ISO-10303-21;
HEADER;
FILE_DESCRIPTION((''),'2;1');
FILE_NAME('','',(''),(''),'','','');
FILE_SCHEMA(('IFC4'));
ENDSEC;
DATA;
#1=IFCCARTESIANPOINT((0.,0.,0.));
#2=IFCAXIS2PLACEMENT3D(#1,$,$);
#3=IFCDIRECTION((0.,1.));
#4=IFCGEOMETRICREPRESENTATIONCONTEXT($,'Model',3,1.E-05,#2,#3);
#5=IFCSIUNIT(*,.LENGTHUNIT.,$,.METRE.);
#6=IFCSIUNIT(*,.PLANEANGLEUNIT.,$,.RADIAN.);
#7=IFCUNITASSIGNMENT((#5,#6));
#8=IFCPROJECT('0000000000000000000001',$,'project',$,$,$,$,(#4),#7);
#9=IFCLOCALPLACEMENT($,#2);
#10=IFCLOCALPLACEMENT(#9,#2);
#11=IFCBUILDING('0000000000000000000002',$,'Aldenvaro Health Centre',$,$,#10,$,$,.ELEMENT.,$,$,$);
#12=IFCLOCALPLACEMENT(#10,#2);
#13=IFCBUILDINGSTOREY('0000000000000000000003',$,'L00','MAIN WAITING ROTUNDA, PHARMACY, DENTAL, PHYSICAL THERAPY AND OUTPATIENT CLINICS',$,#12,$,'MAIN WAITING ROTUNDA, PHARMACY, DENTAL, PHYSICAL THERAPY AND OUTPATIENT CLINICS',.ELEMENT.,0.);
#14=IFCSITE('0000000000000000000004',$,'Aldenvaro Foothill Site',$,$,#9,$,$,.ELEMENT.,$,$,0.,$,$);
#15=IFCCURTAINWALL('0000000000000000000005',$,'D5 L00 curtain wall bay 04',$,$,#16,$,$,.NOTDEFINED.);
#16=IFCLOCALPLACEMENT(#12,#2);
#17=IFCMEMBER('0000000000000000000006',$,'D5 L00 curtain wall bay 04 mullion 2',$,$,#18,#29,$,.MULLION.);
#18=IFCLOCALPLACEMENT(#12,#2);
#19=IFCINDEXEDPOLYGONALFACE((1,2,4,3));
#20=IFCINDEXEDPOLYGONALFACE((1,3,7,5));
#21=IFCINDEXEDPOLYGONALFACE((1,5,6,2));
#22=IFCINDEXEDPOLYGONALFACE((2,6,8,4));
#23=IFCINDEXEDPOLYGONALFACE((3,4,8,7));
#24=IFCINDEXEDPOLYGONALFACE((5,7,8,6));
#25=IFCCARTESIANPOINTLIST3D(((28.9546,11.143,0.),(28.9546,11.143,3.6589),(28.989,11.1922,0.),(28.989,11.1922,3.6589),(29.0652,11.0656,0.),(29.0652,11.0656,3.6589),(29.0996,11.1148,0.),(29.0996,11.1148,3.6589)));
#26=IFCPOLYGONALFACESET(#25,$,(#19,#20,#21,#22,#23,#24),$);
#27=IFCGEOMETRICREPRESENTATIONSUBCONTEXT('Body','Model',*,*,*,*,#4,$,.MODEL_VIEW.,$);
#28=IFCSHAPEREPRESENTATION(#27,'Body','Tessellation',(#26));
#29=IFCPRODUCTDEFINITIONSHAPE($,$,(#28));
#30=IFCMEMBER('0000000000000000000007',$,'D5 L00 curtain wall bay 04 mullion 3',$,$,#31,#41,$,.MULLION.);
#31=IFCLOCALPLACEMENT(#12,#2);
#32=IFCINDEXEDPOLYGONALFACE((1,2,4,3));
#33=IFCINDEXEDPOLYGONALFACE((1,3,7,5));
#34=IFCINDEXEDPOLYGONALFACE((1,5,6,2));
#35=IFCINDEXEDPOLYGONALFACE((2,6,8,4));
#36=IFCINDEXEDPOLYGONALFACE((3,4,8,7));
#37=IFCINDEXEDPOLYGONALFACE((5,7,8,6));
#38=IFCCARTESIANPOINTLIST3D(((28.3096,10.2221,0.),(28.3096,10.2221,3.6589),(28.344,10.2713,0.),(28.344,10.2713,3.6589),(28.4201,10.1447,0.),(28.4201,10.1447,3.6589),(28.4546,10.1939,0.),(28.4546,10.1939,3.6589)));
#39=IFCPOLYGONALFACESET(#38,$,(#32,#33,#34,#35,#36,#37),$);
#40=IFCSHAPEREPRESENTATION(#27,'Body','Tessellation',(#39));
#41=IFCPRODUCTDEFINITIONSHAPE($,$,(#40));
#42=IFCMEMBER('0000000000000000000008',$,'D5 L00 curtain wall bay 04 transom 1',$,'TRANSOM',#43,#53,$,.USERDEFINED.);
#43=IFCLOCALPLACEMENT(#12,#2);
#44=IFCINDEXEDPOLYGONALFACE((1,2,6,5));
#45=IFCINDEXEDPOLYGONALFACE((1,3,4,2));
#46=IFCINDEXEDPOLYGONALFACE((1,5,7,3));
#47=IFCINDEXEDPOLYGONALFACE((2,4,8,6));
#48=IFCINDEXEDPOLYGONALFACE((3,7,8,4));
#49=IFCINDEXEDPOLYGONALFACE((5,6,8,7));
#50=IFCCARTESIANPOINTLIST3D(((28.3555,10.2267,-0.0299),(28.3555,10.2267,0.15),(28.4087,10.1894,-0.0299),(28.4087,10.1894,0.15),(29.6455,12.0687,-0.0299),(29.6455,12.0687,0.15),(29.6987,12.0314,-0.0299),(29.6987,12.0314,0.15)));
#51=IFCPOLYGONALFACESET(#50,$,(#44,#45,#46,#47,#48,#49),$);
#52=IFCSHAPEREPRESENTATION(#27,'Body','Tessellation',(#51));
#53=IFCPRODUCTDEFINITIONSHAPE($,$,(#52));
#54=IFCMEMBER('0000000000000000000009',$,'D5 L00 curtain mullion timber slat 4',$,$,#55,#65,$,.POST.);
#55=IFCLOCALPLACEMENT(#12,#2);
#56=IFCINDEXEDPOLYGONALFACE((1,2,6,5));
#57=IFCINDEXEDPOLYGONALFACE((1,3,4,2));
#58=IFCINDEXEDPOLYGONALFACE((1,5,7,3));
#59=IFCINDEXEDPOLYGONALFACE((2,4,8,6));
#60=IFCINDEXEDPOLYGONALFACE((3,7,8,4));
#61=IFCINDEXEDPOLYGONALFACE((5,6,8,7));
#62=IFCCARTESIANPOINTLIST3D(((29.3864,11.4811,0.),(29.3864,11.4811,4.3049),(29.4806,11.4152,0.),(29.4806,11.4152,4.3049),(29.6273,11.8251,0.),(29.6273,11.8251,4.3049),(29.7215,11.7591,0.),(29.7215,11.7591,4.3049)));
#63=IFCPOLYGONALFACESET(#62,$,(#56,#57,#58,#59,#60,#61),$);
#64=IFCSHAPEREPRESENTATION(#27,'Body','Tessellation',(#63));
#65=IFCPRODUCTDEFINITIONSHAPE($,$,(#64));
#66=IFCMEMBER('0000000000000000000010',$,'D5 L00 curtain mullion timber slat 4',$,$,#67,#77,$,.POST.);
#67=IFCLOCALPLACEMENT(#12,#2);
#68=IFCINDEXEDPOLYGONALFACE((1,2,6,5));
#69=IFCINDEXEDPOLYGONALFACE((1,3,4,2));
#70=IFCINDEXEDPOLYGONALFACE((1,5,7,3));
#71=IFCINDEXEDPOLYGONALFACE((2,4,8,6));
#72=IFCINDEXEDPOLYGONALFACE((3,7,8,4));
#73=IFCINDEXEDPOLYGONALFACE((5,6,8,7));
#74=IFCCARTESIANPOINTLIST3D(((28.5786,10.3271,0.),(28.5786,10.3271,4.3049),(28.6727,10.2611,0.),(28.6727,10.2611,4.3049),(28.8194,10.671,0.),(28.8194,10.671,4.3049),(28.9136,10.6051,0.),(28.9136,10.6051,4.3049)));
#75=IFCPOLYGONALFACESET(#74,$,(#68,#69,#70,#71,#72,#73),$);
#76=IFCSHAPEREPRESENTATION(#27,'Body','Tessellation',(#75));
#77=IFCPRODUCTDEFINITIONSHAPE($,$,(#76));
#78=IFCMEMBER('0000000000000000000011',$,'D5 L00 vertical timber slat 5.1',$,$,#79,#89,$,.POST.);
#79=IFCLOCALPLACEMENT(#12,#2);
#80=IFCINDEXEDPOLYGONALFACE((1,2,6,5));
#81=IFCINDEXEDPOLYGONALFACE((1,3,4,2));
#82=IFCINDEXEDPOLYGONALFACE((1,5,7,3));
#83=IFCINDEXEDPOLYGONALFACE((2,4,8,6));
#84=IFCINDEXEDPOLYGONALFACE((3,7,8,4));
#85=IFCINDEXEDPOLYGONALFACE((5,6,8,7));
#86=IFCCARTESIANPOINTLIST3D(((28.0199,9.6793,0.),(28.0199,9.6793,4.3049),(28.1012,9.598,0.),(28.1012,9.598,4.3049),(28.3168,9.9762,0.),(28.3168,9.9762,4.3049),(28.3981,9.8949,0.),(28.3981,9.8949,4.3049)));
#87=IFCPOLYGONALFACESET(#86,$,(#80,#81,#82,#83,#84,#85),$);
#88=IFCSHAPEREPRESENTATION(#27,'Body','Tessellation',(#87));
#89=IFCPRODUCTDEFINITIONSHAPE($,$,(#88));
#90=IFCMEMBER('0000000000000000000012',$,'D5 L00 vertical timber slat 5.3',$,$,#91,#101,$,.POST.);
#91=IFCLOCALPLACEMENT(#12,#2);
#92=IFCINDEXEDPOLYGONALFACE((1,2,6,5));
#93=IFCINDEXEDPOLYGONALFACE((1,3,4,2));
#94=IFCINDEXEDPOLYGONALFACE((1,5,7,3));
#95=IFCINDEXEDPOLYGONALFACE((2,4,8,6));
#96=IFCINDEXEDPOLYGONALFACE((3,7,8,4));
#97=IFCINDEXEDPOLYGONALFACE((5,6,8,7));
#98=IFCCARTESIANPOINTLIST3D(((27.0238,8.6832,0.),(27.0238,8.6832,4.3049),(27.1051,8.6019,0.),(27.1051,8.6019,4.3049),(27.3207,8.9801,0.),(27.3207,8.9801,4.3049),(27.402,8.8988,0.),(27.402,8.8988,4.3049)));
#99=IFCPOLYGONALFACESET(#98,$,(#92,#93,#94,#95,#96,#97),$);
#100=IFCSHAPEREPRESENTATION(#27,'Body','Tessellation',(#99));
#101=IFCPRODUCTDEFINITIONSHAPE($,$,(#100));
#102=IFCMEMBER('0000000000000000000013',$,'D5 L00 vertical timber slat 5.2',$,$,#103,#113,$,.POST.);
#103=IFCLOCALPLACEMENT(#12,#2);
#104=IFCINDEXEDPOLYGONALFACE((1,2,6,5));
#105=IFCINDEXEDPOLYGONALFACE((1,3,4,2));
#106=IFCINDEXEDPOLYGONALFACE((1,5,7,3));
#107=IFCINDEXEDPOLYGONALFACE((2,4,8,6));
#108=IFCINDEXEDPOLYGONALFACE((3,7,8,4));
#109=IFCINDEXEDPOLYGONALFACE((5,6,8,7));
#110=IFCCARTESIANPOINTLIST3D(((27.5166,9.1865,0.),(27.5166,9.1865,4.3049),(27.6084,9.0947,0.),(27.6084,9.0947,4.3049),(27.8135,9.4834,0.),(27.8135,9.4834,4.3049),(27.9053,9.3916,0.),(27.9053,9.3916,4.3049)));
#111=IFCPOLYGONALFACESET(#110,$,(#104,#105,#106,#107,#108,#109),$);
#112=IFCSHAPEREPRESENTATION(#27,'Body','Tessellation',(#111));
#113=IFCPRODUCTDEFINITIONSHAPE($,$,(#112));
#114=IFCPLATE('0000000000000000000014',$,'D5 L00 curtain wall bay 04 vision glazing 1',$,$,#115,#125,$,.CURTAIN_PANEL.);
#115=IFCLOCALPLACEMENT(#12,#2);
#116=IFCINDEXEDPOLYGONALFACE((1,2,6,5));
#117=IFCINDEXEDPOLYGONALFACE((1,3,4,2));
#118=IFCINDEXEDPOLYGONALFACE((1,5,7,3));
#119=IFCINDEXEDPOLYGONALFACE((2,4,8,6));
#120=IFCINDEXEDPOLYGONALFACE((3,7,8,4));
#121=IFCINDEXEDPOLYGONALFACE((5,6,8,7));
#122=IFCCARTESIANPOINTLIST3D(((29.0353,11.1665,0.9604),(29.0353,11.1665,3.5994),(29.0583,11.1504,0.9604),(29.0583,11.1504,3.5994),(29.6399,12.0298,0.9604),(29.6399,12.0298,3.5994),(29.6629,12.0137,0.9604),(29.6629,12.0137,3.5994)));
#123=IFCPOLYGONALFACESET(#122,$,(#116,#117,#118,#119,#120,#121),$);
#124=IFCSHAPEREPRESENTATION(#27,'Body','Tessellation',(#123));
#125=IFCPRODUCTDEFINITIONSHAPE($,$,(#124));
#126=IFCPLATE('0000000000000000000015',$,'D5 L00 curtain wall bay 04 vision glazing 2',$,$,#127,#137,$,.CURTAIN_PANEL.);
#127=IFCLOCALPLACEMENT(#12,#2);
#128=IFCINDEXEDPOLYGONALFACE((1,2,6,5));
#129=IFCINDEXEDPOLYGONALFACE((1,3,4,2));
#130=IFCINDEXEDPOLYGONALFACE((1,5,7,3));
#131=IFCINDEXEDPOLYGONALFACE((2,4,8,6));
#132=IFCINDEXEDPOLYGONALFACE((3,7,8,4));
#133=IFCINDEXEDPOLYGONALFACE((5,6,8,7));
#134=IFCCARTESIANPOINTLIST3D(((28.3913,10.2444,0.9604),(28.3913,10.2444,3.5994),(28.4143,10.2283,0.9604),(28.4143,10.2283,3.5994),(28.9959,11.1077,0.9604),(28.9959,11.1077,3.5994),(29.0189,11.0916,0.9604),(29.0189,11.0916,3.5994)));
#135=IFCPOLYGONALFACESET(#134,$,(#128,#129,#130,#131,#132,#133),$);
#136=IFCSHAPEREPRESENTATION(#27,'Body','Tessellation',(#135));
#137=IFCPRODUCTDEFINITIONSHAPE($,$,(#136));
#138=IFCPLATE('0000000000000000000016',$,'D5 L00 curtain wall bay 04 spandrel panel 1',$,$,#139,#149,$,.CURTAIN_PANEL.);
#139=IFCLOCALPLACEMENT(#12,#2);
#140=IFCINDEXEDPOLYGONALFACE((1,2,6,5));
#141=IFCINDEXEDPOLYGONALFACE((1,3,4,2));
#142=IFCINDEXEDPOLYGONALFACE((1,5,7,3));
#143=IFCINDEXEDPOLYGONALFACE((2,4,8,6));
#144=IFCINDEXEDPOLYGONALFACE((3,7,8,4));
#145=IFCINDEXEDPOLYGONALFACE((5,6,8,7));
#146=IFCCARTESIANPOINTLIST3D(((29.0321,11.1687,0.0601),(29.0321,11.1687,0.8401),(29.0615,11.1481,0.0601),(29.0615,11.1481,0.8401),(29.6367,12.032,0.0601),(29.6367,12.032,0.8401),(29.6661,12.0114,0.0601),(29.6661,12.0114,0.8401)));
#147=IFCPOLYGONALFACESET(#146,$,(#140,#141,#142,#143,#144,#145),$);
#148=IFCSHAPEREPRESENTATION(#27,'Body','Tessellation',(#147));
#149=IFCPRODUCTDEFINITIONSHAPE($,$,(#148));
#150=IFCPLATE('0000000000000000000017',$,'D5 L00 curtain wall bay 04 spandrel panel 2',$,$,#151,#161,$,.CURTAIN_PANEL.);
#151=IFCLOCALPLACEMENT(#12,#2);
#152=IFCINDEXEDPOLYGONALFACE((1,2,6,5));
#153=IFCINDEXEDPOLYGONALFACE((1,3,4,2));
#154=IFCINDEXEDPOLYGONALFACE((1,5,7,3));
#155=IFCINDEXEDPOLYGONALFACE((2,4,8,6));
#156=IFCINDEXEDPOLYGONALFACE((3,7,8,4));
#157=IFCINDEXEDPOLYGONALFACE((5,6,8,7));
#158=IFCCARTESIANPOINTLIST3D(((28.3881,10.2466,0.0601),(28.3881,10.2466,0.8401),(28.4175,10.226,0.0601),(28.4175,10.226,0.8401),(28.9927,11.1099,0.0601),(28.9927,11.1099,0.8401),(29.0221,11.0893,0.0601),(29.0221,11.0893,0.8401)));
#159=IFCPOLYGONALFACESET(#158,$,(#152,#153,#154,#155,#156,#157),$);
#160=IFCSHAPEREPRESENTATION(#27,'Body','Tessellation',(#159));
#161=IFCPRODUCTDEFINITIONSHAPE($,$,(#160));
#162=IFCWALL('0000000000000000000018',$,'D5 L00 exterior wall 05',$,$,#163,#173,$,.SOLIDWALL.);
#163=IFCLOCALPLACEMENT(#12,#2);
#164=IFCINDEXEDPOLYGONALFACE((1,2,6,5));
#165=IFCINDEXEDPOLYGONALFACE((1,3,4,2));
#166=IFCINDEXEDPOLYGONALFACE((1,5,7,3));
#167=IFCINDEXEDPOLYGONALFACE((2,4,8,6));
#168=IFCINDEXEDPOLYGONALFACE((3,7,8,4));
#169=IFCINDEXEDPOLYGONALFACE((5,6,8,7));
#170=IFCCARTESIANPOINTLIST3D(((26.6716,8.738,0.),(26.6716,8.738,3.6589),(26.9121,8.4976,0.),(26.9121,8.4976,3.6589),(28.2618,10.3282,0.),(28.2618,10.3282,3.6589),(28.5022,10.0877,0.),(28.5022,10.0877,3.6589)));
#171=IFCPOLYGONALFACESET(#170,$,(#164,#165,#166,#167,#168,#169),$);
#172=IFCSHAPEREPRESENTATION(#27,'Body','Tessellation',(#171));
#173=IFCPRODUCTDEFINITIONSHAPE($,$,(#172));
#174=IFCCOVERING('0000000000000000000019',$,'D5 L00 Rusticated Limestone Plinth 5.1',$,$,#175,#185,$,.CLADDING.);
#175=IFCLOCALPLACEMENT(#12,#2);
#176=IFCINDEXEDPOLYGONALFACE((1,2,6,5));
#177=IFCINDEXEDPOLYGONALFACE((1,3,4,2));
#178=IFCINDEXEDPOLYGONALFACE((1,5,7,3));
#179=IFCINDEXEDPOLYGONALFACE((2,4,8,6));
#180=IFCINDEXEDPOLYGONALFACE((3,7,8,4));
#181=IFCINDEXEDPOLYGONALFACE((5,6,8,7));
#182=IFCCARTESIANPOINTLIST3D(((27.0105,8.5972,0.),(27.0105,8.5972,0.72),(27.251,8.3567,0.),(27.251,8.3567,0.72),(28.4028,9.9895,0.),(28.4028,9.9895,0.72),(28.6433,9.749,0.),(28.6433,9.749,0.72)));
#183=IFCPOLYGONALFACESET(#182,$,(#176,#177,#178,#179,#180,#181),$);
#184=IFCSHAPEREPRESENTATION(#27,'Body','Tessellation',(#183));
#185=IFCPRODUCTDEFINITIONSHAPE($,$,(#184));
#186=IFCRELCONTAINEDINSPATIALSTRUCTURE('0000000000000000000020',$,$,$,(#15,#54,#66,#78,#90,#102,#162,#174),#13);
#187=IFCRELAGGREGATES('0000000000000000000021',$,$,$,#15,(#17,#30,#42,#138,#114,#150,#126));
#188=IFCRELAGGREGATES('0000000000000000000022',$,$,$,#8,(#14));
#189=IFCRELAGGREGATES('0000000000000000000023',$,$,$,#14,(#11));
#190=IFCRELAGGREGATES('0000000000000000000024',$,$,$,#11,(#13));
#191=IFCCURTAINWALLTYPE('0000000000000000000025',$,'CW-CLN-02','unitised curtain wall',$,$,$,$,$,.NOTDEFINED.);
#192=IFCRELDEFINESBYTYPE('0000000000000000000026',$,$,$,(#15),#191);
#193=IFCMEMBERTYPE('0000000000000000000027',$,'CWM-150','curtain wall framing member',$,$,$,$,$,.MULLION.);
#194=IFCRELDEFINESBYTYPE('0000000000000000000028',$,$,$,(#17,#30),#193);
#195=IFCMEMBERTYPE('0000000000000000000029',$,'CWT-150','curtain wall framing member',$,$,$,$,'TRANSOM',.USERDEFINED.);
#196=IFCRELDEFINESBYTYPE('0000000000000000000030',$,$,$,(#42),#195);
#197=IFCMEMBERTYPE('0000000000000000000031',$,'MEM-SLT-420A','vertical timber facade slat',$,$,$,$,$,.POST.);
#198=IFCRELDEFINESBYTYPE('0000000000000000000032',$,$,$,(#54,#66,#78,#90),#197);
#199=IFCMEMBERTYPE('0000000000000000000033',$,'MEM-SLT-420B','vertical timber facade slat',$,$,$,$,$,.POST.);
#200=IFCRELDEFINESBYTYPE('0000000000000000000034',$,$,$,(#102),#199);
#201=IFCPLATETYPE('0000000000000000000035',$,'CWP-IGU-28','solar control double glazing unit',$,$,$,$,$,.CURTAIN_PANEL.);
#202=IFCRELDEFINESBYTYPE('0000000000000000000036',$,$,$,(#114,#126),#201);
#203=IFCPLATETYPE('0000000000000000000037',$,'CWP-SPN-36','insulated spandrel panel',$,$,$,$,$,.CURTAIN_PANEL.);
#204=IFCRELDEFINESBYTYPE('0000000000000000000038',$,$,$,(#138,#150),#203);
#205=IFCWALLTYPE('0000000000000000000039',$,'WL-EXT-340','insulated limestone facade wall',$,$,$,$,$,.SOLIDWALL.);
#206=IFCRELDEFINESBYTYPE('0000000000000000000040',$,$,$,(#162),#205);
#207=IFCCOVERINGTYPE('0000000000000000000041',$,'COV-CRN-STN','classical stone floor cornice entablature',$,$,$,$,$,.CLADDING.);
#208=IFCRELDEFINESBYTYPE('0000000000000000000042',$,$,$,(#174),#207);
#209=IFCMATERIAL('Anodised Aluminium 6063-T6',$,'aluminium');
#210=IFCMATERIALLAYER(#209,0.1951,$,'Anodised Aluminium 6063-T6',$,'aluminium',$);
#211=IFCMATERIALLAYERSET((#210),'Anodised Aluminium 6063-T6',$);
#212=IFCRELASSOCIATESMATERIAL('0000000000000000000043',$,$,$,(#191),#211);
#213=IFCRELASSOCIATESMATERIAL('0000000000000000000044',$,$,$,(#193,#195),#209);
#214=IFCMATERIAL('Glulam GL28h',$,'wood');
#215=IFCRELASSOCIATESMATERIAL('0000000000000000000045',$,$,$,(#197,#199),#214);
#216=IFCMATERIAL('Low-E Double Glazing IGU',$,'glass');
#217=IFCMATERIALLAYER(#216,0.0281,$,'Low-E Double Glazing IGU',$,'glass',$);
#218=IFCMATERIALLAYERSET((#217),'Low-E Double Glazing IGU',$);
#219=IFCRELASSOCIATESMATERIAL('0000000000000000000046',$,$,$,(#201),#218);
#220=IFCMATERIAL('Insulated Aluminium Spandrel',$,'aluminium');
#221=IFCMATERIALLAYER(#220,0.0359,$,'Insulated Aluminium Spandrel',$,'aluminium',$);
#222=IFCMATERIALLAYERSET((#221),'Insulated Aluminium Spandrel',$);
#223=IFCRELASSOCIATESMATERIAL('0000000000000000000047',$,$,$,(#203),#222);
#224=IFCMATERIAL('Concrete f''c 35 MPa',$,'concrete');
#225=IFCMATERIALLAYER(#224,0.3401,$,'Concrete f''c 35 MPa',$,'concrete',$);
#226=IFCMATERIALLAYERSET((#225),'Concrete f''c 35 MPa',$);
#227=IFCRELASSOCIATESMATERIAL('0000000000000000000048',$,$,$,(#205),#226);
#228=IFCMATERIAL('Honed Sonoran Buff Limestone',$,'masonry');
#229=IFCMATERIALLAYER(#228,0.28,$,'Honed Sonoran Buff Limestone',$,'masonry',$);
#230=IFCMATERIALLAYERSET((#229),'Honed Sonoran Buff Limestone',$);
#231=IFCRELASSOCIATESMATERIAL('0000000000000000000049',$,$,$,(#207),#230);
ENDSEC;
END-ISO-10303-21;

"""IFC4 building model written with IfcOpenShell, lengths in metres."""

from ifc_helpers import new_model, si_unit, direction, frame, frame_2d, origin, origin_2d, place, context, subcontext, project, spatial, rectangle, extrude, material, layer, layer_set, material_profile, profile_set, type_object, element, aggregate, save


model = new_model("IFC4")

# Units and contexts
model_context = context("Model", 3, precision=1e-05, world=origin(), true_north=direction((0.0, 1.0)))
body_context = subcontext(model_context, "Body", "Model", "MODEL_VIEW")
ifc_project = project(units=[si_unit("LENGTHUNIT", "METRE"), si_unit("PLANEANGLEUNIT", "RADIAN")], contexts=[model_context])

# Site, building, storey
site_placement = place(None, origin())
site = spatial("IfcSite", under=ifc_project, at=site_placement, Name="Aldenvaro Foothill Site", CompositionType="ELEMENT", RefElevation=0.0)
building_placement = place(site_placement, origin())
building = spatial("IfcBuilding", under=site, at=building_placement, Name="Aldenvaro Health Centre", CompositionType="ELEMENT")
storey_placement = place(building_placement, origin())
storey = spatial("IfcBuildingStorey", under=building, at=storey_placement, Name="L00", Description="MAIN WAITING ROTUNDA, PHARMACY, DENTAL, PHYSICAL THERAPY AND OUTPATIENT CLINICS", LongName="MAIN WAITING ROTUNDA, PHARMACY, DENTAL, PHYSICAL THERAPY AND OUTPATIENT CLINICS", CompositionType="ELEMENT", Elevation=0.0)

# Shared definitions
ifc_material_1 = material(Name="Glulam GL28h", Category="wood")

# Curtain wall, members
ifc_material_2 = material(Name="Anodised Aluminium 6063-T6", Category="aluminium")
ifc_layer_1 = layer(ifc_material_2, 0.1951, Name="Anodised Aluminium 6063-T6", Category="aluminium")
ifc_layer_set_1 = layer_set([ifc_layer_1], Name="Anodised Aluminium 6063-T6")
curtain_wall_type = type_object("IfcCurtainWallType", Name="CW-CLN-02", Description="unitised curtain wall", PredefinedType="NOTDEFINED", material=ifc_layer_set_1)
curtain_wall_placement = place(storey_placement, origin())
curtain_wall = element("IfcCurtainWall", 1, at=curtain_wall_placement, inside=storey, type_object=curtain_wall_type, Name="D5 L00 curtain wall bay 04", PredefinedType="NOTDEFINED")
ifc_material_profile_1 = material_profile(ifc_material_2, rectangle(XDim=0.0601, YDim=0.135, at=origin_2d()), Name="ALU 60x135", Category="aluminium")
ifc_profile_set_1 = profile_set([ifc_material_profile_1], Name="Anodised Aluminium 6063-T6")
member_type_1 = type_object("IfcMemberType", Name="CWM-150", Description="curtain wall framing member", PredefinedType="MULLION", material=ifc_profile_set_1)
member_1_placement = place(storey_placement, frame((29.0271, 11.1289, 0.0), z_axis=(0.0, 0.0, 1.0), x_axis=(-0.573641, -0.819107, 0.0)))
member_1 = element("IfcMember", 2, at=member_1_placement, type_object=member_type_1, Name="D5 L00 curtain wall bay 04 mullion 2", PredefinedType="MULLION", context=body_context, shape_type="SweptSolid", body=[
    extrude(rectangle(XDim=0.0601, YDim=0.135, at=origin_2d()), origin(), (0.0, 0.0, 1.0), 3.6589),
])
member_2_placement = place(storey_placement, frame((28.3821, 10.208, 0.0), z_axis=(0.0, 0.0, 1.0), x_axis=(-0.573641, -0.819107, 0.0)))
member_2 = element("IfcMember", 3, at=member_2_placement, type_object=member_type_1, Name="D5 L00 curtain wall bay 04 mullion 3", PredefinedType="MULLION", context=body_context, shape_type="SweptSolid", body=[
    extrude(rectangle(XDim=0.0601, YDim=0.135, at=origin_2d()), origin(), (0.0, 0.0, 1.0), 3.6589),
])
ifc_material_profile_2 = material_profile(ifc_material_2, rectangle(XDim=0.0649, YDim=0.1799, at=origin_2d()), Name="ALU 65x180", Category="aluminium")
ifc_profile_set_2 = profile_set([ifc_material_profile_2], Name="Anodised Aluminium 6063-T6")
member_type_2 = type_object("IfcMemberType", Name="CWT-150", Description="curtain wall framing member", ElementType="TRANSOM", PredefinedType="USERDEFINED", material=ifc_profile_set_2)
member_3_placement = place(storey_placement, frame((29.6721, 12.05, 0.0601), z_axis=(-0.573644, -0.819104, 0.0), x_axis=(0.819104, -0.573644, 0.0)))
member_3 = element("IfcMember", 4, at=member_3_placement, type_object=member_type_2, Name="D5 L00 curtain wall bay 04 transom 1", ObjectType="TRANSOM", PredefinedType="USERDEFINED", context=body_context, shape_type="SweptSolid", body=[
    extrude(rectangle(XDim=0.0649, YDim=0.1799, at=origin_2d()), origin(), (0.0, 0.0, 1.0), 2.2488),
])

# Members
ifc_material_profile_3 = material_profile(ifc_material_1, rectangle(XDim=0.115, YDim=0.4199, at=origin_2d()), Name="GL 115x420", Category="wood")
ifc_profile_set_3 = profile_set([ifc_material_profile_3], Name="Glulam GL28h")
member_type_3 = type_object("IfcMemberType", Name="MEM-SLT-420A", Description="vertical timber facade slat", PredefinedType="POST", material=ifc_profile_set_3)
for number, where, z_axis, x_axis, name in (
    (5, (29.554, 11.6201, 0.0), (0.0, 0.0, 1.0), (0.819107, -0.573641, 0.0), "D5 L00 curtain mullion timber slat 4"),
    (6, (28.7461, 10.4661, 0.0), (0.0, 0.0, 1.0), (0.819107, -0.573641, 0.0), "D5 L00 curtain mullion timber slat 4"),
    (7, (28.209, 9.7871, 0.0), (0.0, 0.0, 1.0), (0.707107, -0.707107, 0.0), "D5 L00 vertical timber slat 5.1"),
    (8, (27.2129, 8.791, 0.0), (0.0, 0.0, 1.0), (0.707107, -0.707107, 0.0), "D5 L00 vertical timber slat 5.3"),
):
    element("IfcMember", number, at=place(storey_placement, frame(where, z_axis=z_axis, x_axis=x_axis)), inside=storey, type_object=member_type_3, Name=name, PredefinedType="POST", context=body_context, shape_type="SweptSolid", body=[
        extrude(rectangle(XDim=0.115, YDim=0.4199, at=origin_2d()), origin(), (0.0, 0.0, 1.0), 4.3049),
    ])
ifc_material_profile_4 = material_profile(ifc_material_1, rectangle(XDim=0.1299, YDim=0.4199, at=origin_2d()), Name="GL 130x420", Category="wood")
ifc_profile_set_4 = profile_set([ifc_material_profile_4], Name="Glulam GL28h")
member_type_4 = type_object("IfcMemberType", Name="MEM-SLT-420B", Description="vertical timber facade slat", PredefinedType="POST", material=ifc_profile_set_4)
member_4_placement = place(storey_placement, frame((27.7109, 9.2891, 0.0), z_axis=(0.0, 0.0, 1.0), x_axis=(0.707107, -0.707107, 0.0)))
element("IfcMember", 9, at=member_4_placement, inside=storey, type_object=member_type_4, Name="D5 L00 vertical timber slat 5.2", PredefinedType="POST", context=body_context, shape_type="SweptSolid", body=[
    extrude(rectangle(XDim=0.1299, YDim=0.4199, at=origin_2d()), origin(), (0.0, 0.0, 1.0), 4.3049),
])

# Plates
ifc_material_3 = material(Name="Low-E Double Glazing IGU", Category="glass")
ifc_layer_2 = layer(ifc_material_3, 0.0281, Name="Low-E Double Glazing IGU", Category="glass")
ifc_layer_set_2 = layer_set([ifc_layer_2], Name="Low-E Double Glazing IGU")
plate_type_1 = type_object("IfcPlateType", Name="CWP-IGU-28", Description="solar control double glazing unit", PredefinedType="CURTAIN_PANEL", material=ifc_layer_set_2)
plate_1_placement = place(storey_placement, frame((29.3491, 11.5901, 0.9604), z_axis=(0.0, 0.0, 1.0), x_axis=(-0.573641, -0.819107, 0.0)))
plate_1 = element("IfcPlate", 10, at=plate_1_placement, type_object=plate_type_1, Name="D5 L00 curtain wall bay 04 vision glazing 1", PredefinedType="CURTAIN_PANEL", context=body_context, shape_type="SweptSolid", body=[
    extrude(rectangle(XDim=1.054, YDim=0.0281, at=origin_2d()), origin(), (0.0, 0.0, 1.0), 2.6389),
])
plate_2_placement = place(storey_placement, frame((28.7051, 10.668, 0.9604), z_axis=(0.0, 0.0, 1.0), x_axis=(-0.573641, -0.819107, 0.0)))
plate_2 = element("IfcPlate", 11, at=plate_2_placement, type_object=plate_type_1, Name="D5 L00 curtain wall bay 04 vision glazing 2", PredefinedType="CURTAIN_PANEL", context=body_context, shape_type="SweptSolid", body=[
    extrude(rectangle(XDim=1.054, YDim=0.0281, at=origin_2d()), origin(), (0.0, 0.0, 1.0), 2.6389),
])
ifc_material_4 = material(Name="Insulated Aluminium Spandrel", Category="aluminium")
ifc_layer_3 = layer(ifc_material_4, 0.0359, Name="Insulated Aluminium Spandrel", Category="aluminium")
ifc_layer_set_3 = layer_set([ifc_layer_3], Name="Insulated Aluminium Spandrel")
plate_type_2 = type_object("IfcPlateType", Name="CWP-SPN-36", Description="insulated spandrel panel", PredefinedType="CURTAIN_PANEL", material=ifc_layer_set_3)
plate_3_placement = place(storey_placement, frame((29.3491, 11.5901, 0.0601), z_axis=(0.0, 0.0, 1.0), x_axis=(-0.573641, -0.819107, 0.0)))
plate_3 = element("IfcPlate", 12, at=plate_3_placement, type_object=plate_type_2, Name="D5 L00 curtain wall bay 04 spandrel panel 1", PredefinedType="CURTAIN_PANEL", context=body_context, shape_type="SweptSolid", body=[
    extrude(rectangle(XDim=1.054, YDim=0.0359, at=origin_2d()), origin(), (0.0, 0.0, 1.0), 0.78),
])
plate_4_placement = place(storey_placement, frame((28.7051, 10.668, 0.0601), z_axis=(0.0, 0.0, 1.0), x_axis=(-0.573641, -0.819107, 0.0)))
plate_4 = element("IfcPlate", 13, at=plate_4_placement, type_object=plate_type_2, Name="D5 L00 curtain wall bay 04 spandrel panel 2", PredefinedType="CURTAIN_PANEL", context=body_context, shape_type="SweptSolid", body=[
    extrude(rectangle(XDim=1.054, YDim=0.0359, at=origin_2d()), origin(), (0.0, 0.0, 1.0), 0.78),
])
aggregate(curtain_wall, [member_1, member_2, member_3, plate_3, plate_1, plate_4, plate_2])

# Wall
ifc_material_5 = material(Name="Concrete f'c 35 MPa", Category="concrete")
ifc_layer_4 = layer(ifc_material_5, 0.3401, Name="Concrete f'c 35 MPa", Category="concrete")
ifc_layer_set_4 = layer_set([ifc_layer_4], Name="Concrete f'c 35 MPa")
wall_type = type_object("IfcWallType", Name="WL-EXT-340", Description="insulated limestone facade wall", PredefinedType="SOLIDWALL", material=ifc_layer_set_4)
wall_placement = place(storey_placement, frame((28.3821, 10.208, 0.0), z_axis=(0.0, 0.0, 1.0), x_axis=(-0.707107, -0.707107, 0.0)))
element("IfcWall", 14, at=wall_placement, inside=storey, type_object=wall_type, Name="D5 L00 exterior wall 05", PredefinedType="SOLIDWALL", context=body_context, shape_type="SweptSolid", body=[
    extrude(rectangle(XDim=2.2488, YDim=0.3401, at=frame_2d((1.1245, 0.0))), origin(), (0.0, 0.0, 1.0), 3.6589),
])

# Covering
ifc_material_6 = material(Name="Honed Sonoran Buff Limestone", Category="masonry")
ifc_layer_5 = layer(ifc_material_6, 0.28, Name="Honed Sonoran Buff Limestone", Category="masonry")
ifc_layer_set_5 = layer_set([ifc_layer_5], Name="Honed Sonoran Buff Limestone")
covering_type = type_object("IfcCoveringType", Name="COV-CRN-STN", Description="classical stone floor cornice entablature", PredefinedType="CLADDING", material=ifc_layer_set_5)
covering_1_placement = place(storey_placement, frame((27.8269, 9.1731, 0.0), z_axis=(0.0, 0.0, 1.0), x_axis=(-0.707107, -0.707107, 0.0)))
element("IfcCovering", 15, at=covering_1_placement, inside=storey, type_object=covering_type, Name="D5 L00 Rusticated Limestone Plinth 5.1", PredefinedType="CLADDING", context=body_context, shape_type="SweptSolid", body=[
    extrude(rectangle(XDim=1.969, YDim=0.3401, at=origin_2d()), origin(), (0.0, 0.0, 1.0), 0.72),
])

save(model, "model.ifc")
